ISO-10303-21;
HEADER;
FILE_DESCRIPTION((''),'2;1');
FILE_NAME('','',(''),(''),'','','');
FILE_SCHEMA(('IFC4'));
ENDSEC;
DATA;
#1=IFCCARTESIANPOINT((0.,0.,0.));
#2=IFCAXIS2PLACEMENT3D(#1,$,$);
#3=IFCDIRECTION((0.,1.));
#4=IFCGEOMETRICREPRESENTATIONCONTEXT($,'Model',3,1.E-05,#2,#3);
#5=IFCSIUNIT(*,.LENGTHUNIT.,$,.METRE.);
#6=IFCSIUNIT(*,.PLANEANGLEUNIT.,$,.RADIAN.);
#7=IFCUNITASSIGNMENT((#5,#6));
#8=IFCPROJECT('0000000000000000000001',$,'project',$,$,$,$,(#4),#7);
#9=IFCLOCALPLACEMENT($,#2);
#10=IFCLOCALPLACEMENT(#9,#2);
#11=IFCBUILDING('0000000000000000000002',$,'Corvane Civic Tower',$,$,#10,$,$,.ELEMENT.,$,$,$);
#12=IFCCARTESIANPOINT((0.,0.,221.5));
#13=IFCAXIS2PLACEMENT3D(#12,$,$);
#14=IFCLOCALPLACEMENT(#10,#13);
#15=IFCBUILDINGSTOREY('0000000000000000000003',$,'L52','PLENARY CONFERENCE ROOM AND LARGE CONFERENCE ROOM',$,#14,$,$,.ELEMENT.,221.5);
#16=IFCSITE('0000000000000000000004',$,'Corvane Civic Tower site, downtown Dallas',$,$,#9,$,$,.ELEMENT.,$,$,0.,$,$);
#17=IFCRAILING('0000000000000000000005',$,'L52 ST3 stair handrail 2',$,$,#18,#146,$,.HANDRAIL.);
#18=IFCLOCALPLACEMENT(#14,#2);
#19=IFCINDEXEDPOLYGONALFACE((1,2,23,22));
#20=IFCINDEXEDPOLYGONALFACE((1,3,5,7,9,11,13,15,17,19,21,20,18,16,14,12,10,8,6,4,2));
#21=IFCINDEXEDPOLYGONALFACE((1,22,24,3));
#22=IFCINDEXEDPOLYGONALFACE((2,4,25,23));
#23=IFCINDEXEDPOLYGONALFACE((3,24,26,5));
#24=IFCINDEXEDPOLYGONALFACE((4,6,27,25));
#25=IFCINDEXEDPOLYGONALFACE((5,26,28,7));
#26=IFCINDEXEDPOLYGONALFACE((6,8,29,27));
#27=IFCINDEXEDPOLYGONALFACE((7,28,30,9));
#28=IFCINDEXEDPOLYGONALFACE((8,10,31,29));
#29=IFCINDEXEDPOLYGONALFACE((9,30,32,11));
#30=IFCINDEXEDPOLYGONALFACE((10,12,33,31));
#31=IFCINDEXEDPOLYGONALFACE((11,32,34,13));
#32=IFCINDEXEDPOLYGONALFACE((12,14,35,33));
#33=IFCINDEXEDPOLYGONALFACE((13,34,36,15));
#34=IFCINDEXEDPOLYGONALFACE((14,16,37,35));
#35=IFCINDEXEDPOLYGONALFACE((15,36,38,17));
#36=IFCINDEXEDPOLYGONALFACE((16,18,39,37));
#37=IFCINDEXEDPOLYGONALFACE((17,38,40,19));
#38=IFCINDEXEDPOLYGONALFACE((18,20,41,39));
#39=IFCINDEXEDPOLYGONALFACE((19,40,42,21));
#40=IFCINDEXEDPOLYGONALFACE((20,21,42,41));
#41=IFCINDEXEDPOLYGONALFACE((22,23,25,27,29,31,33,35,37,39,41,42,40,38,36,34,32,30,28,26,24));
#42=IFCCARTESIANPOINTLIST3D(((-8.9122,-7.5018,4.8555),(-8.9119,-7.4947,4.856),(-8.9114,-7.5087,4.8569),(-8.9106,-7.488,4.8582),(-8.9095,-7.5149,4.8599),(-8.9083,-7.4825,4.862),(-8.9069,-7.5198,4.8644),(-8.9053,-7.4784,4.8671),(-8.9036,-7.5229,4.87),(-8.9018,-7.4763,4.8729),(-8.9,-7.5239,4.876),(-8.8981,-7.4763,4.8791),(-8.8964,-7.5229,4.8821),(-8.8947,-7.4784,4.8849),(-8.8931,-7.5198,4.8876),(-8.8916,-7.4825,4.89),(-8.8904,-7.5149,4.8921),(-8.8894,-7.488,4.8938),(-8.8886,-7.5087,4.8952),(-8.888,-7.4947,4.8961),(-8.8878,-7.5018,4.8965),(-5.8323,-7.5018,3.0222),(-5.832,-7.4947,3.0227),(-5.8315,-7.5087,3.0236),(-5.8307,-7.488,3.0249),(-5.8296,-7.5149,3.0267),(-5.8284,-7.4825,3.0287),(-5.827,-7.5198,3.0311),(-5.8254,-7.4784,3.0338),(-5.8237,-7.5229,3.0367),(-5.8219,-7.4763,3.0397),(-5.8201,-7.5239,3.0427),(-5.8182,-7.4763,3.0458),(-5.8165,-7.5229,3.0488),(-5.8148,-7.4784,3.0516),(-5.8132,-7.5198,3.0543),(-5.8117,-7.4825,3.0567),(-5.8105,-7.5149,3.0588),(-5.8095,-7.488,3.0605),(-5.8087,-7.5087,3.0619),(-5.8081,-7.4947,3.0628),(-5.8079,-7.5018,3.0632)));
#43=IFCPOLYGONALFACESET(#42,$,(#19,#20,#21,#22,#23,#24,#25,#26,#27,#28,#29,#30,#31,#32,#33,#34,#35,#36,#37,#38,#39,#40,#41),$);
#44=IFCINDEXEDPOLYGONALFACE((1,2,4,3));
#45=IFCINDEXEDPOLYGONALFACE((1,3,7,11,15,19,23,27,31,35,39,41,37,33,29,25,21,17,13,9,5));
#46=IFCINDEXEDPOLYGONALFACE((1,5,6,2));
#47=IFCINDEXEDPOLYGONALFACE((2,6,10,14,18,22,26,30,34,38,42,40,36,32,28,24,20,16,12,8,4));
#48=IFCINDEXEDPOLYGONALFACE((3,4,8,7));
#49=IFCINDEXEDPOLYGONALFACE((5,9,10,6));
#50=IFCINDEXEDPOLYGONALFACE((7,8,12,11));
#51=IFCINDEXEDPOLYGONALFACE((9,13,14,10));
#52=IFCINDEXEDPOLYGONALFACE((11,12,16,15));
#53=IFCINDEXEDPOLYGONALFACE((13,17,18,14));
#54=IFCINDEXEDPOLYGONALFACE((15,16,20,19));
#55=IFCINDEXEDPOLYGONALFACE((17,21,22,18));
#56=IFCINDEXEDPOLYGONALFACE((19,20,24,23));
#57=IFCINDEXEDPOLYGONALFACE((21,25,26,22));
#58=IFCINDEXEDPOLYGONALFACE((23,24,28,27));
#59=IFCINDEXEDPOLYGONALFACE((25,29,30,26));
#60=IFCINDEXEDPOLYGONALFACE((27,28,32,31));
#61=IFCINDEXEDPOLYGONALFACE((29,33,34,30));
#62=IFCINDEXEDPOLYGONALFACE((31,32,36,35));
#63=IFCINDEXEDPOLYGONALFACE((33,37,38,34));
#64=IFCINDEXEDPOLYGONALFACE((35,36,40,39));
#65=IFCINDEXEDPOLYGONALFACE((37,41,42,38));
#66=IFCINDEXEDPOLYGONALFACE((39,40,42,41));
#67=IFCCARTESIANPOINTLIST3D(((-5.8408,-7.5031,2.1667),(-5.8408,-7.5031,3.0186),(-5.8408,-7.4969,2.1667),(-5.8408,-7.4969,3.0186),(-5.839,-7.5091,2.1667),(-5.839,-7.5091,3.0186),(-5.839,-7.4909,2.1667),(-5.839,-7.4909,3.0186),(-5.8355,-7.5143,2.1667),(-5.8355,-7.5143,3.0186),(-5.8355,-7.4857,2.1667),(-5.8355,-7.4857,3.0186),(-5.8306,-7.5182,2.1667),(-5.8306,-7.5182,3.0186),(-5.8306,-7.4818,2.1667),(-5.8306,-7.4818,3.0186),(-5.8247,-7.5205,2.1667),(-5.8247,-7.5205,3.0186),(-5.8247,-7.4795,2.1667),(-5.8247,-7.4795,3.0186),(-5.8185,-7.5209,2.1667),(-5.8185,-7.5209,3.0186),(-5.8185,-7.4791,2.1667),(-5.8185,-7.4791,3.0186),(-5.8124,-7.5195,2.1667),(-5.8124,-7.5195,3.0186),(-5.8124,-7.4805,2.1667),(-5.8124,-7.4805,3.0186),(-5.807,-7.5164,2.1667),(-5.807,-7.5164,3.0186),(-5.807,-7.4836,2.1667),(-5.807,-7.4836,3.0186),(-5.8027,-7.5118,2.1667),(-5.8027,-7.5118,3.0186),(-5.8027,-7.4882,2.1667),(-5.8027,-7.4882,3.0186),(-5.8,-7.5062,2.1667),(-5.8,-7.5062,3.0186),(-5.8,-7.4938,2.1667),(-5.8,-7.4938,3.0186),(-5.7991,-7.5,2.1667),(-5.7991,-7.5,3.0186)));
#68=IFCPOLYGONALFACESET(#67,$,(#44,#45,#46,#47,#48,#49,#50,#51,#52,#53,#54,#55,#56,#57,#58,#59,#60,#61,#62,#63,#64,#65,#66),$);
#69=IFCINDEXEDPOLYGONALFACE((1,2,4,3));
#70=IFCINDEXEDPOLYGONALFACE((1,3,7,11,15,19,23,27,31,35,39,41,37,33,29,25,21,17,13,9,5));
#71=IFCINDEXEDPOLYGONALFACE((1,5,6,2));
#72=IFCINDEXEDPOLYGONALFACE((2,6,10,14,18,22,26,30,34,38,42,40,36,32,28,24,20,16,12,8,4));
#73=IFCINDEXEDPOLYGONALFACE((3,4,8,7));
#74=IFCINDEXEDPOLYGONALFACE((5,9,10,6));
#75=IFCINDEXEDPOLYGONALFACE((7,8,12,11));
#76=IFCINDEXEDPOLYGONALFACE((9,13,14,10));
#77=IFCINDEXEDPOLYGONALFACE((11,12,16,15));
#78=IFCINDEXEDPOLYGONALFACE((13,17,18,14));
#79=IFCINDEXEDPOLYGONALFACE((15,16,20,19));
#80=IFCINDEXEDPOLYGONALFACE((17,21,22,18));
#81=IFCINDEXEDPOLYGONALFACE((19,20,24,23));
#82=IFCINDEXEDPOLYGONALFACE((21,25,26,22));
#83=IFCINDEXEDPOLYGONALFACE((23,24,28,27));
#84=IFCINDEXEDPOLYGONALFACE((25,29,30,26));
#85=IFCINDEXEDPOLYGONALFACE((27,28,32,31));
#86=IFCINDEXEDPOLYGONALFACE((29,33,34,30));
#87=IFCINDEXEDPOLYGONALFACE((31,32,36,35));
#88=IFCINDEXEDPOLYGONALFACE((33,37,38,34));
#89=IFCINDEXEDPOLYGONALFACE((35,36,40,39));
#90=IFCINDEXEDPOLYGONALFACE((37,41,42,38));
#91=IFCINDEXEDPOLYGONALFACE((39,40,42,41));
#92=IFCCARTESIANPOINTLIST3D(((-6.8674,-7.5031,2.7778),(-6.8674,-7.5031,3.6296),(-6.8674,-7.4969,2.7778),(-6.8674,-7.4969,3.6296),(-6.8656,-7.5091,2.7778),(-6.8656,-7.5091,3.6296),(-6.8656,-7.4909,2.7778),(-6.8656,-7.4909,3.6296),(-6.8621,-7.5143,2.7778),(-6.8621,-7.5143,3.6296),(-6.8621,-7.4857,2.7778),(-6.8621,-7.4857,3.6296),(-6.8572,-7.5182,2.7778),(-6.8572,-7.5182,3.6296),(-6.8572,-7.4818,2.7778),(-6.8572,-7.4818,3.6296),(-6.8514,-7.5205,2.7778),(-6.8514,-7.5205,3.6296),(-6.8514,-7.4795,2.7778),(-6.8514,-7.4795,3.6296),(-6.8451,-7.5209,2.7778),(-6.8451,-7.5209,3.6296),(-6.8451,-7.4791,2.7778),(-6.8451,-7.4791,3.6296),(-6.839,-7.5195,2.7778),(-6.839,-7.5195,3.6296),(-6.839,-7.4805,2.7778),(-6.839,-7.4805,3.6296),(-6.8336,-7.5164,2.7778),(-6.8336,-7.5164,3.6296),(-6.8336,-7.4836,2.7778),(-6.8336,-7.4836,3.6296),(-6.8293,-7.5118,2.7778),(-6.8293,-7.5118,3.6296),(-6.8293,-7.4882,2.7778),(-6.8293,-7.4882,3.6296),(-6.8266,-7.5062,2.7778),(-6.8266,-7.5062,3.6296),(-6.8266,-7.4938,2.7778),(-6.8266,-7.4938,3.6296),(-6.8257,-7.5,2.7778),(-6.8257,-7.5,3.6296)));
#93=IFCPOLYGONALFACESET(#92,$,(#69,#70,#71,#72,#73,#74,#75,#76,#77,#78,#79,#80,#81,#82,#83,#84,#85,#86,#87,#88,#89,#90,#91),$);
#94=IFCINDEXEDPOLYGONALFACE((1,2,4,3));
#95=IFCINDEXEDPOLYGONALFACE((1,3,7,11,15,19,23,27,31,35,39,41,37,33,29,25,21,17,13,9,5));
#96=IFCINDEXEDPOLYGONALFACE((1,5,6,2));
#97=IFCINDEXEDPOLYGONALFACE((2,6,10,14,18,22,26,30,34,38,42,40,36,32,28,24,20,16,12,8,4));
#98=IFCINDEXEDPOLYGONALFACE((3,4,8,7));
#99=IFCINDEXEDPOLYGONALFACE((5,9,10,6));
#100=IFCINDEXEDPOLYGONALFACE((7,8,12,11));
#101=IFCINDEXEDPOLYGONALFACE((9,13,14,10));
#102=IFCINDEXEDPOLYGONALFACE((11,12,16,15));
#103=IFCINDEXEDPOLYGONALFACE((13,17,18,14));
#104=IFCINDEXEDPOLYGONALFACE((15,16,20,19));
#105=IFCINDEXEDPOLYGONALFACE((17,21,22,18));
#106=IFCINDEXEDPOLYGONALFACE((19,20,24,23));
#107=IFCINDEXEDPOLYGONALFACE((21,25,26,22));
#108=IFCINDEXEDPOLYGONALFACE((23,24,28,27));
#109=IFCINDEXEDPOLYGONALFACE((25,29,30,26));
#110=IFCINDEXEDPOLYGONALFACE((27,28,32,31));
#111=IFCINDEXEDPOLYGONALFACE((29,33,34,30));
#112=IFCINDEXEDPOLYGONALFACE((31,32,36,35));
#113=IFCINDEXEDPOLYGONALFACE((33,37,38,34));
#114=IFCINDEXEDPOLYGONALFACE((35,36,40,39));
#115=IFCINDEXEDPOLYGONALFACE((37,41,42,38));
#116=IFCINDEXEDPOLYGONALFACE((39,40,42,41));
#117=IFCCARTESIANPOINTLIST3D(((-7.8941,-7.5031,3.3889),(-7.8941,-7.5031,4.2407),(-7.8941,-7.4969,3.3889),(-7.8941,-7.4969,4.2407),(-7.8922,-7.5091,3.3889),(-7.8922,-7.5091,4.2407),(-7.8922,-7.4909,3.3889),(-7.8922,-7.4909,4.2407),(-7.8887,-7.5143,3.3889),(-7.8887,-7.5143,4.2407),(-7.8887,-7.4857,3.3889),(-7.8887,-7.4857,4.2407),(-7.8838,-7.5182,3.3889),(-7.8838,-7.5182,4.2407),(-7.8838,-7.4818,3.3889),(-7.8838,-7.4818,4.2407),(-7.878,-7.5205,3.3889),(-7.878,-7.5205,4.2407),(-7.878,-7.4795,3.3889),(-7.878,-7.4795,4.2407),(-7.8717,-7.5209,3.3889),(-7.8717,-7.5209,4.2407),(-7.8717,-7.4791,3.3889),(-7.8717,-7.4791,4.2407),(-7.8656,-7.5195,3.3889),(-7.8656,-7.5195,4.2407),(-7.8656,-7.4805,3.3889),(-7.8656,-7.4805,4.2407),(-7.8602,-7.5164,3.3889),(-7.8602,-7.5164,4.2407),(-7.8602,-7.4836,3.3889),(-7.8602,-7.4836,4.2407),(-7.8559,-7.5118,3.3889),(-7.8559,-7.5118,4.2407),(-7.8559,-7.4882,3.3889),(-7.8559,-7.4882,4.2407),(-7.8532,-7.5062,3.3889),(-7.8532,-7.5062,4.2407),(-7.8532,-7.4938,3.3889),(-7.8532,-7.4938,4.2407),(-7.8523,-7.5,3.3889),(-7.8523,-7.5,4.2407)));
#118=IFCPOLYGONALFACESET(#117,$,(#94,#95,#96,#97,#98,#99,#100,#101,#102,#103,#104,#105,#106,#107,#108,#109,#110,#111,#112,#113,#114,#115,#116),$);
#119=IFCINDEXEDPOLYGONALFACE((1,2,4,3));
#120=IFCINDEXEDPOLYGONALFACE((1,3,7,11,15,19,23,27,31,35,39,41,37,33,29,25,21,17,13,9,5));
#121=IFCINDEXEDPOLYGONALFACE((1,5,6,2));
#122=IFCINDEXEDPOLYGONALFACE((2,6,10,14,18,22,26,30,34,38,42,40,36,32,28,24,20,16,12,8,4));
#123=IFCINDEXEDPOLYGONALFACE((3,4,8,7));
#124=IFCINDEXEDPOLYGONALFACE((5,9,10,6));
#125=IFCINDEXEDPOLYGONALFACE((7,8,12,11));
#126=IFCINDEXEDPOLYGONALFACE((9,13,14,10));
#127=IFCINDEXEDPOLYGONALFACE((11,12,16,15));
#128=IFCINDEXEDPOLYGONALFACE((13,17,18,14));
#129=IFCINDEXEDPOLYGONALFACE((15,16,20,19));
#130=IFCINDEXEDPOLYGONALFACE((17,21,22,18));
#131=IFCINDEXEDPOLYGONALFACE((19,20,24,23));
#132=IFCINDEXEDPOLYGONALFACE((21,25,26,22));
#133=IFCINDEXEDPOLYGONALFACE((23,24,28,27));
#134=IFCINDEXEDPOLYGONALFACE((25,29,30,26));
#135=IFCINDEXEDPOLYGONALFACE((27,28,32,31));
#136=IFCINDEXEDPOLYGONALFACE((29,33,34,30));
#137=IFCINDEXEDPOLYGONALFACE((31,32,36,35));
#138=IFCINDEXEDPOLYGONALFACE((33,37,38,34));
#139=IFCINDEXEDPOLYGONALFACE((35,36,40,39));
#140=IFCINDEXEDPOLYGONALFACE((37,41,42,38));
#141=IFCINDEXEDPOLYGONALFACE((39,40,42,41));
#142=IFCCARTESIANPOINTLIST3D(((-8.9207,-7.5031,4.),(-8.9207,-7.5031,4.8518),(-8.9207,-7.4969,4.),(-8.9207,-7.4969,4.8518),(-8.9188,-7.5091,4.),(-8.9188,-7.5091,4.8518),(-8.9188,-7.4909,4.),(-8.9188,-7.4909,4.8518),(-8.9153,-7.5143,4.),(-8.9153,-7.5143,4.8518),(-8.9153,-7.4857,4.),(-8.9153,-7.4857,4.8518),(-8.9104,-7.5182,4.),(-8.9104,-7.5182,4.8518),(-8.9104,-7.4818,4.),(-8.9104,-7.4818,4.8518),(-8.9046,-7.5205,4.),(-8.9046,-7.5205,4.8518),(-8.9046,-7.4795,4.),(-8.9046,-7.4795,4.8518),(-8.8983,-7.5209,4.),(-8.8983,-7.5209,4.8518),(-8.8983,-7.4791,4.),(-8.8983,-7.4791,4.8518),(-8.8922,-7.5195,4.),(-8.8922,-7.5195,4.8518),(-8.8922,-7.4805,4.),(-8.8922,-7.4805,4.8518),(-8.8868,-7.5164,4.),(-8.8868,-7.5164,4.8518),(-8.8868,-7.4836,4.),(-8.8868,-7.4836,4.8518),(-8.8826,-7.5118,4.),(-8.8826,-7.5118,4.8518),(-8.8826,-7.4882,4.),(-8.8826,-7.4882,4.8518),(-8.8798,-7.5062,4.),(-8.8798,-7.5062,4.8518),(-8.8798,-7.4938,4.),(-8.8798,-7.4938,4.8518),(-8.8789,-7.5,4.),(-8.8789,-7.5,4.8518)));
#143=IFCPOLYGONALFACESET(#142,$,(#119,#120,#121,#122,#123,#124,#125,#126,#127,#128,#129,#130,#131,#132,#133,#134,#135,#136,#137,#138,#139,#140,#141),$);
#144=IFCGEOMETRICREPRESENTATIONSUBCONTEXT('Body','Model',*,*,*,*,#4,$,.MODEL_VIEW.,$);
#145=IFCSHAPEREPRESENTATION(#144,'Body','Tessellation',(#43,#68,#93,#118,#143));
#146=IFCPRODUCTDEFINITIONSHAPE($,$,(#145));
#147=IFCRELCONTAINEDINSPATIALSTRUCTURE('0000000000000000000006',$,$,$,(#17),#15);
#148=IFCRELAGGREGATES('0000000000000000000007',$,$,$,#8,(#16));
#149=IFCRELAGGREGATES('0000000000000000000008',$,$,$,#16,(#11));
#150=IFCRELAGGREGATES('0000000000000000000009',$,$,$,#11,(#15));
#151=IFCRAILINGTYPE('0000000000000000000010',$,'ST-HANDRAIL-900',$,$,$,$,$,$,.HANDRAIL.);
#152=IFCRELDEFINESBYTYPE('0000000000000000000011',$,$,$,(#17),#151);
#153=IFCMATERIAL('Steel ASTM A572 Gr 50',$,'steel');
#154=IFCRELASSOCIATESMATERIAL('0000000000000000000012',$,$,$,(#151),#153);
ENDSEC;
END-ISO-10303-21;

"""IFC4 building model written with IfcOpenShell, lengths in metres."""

from ifc_helpers import new_model, si_unit, direction, frame, origin, origin_2d, place, context, subcontext, project, spatial, circle, extrude, material, type_object, element, save


model = new_model("IFC4")

# Units and contexts
model_context = context("Model", 3, precision=1e-05, world=origin(), true_north=direction((0.0, 1.0)))
body_context = subcontext(model_context, "Body", "Model", "MODEL_VIEW")
ifc_project = project(units=[si_unit("LENGTHUNIT", "METRE"), si_unit("PLANEANGLEUNIT", "RADIAN")], contexts=[model_context])

# Site, building, storey
site_placement = place(None, origin())
site = spatial("IfcSite", under=ifc_project, at=site_placement, Name="Corvane Civic Tower site, downtown Dallas", CompositionType="ELEMENT", RefElevation=0.0)
building_placement = place(site_placement, origin())
building = spatial("IfcBuilding", under=site, at=building_placement, Name="Corvane Civic Tower", CompositionType="ELEMENT")
storey_placement = place(building_placement, frame((0.0, 0.0, 221.5)))
storey = spatial("IfcBuildingStorey", under=building, at=storey_placement, Name="L52", Description="PLENARY CONFERENCE ROOM AND LARGE CONFERENCE ROOM", CompositionType="ELEMENT", Elevation=221.5)

# Railing
ifc_material_1 = material(Name="Steel ASTM A572 Gr 50", Category="steel")
railing_type = type_object("IfcRailingType", Name="ST-HANDRAIL-900", PredefinedType="HANDRAIL", material=ifc_material_1)
railing_placement = place(storey_placement, frame((-5.8201, -7.5, 2.1667)))
element("IfcRailing", 1, at=railing_placement, inside=storey, type_object=railing_type, Name="L52 ST3 stair handrail 2", PredefinedType="HANDRAIL", context=body_context, shape_type="SweptSolid", body=[
    extrude(circle(Radius=0.0239, at=origin_2d()), frame((0.0, 0.0, 0.876), z_axis=(-0.859291, 0.0, 0.511487), x_axis=(0.0, -1.0, 0.0)), (0.0, 0.0, 1.0), 3.5842),
    extrude(circle(Radius=0.021, at=origin_2d()), origin(), (0.0, 0.0, 1.0), 0.8518),
    extrude(circle(Radius=0.021, at=origin_2d()), frame((-1.0266, 0.0, 0.6111)), (0.0, 0.0, 1.0), 0.8518),
    extrude(circle(Radius=0.021, at=origin_2d()), frame((-2.0532, 0.0, 1.2222)), (0.0, 0.0, 1.0), 0.8518),
    extrude(circle(Radius=0.021, at=origin_2d()), frame((-3.0798, 0.0, 1.8333)), (0.0, 0.0, 1.0), 0.8518),
])

save(model, "model.ifc")
